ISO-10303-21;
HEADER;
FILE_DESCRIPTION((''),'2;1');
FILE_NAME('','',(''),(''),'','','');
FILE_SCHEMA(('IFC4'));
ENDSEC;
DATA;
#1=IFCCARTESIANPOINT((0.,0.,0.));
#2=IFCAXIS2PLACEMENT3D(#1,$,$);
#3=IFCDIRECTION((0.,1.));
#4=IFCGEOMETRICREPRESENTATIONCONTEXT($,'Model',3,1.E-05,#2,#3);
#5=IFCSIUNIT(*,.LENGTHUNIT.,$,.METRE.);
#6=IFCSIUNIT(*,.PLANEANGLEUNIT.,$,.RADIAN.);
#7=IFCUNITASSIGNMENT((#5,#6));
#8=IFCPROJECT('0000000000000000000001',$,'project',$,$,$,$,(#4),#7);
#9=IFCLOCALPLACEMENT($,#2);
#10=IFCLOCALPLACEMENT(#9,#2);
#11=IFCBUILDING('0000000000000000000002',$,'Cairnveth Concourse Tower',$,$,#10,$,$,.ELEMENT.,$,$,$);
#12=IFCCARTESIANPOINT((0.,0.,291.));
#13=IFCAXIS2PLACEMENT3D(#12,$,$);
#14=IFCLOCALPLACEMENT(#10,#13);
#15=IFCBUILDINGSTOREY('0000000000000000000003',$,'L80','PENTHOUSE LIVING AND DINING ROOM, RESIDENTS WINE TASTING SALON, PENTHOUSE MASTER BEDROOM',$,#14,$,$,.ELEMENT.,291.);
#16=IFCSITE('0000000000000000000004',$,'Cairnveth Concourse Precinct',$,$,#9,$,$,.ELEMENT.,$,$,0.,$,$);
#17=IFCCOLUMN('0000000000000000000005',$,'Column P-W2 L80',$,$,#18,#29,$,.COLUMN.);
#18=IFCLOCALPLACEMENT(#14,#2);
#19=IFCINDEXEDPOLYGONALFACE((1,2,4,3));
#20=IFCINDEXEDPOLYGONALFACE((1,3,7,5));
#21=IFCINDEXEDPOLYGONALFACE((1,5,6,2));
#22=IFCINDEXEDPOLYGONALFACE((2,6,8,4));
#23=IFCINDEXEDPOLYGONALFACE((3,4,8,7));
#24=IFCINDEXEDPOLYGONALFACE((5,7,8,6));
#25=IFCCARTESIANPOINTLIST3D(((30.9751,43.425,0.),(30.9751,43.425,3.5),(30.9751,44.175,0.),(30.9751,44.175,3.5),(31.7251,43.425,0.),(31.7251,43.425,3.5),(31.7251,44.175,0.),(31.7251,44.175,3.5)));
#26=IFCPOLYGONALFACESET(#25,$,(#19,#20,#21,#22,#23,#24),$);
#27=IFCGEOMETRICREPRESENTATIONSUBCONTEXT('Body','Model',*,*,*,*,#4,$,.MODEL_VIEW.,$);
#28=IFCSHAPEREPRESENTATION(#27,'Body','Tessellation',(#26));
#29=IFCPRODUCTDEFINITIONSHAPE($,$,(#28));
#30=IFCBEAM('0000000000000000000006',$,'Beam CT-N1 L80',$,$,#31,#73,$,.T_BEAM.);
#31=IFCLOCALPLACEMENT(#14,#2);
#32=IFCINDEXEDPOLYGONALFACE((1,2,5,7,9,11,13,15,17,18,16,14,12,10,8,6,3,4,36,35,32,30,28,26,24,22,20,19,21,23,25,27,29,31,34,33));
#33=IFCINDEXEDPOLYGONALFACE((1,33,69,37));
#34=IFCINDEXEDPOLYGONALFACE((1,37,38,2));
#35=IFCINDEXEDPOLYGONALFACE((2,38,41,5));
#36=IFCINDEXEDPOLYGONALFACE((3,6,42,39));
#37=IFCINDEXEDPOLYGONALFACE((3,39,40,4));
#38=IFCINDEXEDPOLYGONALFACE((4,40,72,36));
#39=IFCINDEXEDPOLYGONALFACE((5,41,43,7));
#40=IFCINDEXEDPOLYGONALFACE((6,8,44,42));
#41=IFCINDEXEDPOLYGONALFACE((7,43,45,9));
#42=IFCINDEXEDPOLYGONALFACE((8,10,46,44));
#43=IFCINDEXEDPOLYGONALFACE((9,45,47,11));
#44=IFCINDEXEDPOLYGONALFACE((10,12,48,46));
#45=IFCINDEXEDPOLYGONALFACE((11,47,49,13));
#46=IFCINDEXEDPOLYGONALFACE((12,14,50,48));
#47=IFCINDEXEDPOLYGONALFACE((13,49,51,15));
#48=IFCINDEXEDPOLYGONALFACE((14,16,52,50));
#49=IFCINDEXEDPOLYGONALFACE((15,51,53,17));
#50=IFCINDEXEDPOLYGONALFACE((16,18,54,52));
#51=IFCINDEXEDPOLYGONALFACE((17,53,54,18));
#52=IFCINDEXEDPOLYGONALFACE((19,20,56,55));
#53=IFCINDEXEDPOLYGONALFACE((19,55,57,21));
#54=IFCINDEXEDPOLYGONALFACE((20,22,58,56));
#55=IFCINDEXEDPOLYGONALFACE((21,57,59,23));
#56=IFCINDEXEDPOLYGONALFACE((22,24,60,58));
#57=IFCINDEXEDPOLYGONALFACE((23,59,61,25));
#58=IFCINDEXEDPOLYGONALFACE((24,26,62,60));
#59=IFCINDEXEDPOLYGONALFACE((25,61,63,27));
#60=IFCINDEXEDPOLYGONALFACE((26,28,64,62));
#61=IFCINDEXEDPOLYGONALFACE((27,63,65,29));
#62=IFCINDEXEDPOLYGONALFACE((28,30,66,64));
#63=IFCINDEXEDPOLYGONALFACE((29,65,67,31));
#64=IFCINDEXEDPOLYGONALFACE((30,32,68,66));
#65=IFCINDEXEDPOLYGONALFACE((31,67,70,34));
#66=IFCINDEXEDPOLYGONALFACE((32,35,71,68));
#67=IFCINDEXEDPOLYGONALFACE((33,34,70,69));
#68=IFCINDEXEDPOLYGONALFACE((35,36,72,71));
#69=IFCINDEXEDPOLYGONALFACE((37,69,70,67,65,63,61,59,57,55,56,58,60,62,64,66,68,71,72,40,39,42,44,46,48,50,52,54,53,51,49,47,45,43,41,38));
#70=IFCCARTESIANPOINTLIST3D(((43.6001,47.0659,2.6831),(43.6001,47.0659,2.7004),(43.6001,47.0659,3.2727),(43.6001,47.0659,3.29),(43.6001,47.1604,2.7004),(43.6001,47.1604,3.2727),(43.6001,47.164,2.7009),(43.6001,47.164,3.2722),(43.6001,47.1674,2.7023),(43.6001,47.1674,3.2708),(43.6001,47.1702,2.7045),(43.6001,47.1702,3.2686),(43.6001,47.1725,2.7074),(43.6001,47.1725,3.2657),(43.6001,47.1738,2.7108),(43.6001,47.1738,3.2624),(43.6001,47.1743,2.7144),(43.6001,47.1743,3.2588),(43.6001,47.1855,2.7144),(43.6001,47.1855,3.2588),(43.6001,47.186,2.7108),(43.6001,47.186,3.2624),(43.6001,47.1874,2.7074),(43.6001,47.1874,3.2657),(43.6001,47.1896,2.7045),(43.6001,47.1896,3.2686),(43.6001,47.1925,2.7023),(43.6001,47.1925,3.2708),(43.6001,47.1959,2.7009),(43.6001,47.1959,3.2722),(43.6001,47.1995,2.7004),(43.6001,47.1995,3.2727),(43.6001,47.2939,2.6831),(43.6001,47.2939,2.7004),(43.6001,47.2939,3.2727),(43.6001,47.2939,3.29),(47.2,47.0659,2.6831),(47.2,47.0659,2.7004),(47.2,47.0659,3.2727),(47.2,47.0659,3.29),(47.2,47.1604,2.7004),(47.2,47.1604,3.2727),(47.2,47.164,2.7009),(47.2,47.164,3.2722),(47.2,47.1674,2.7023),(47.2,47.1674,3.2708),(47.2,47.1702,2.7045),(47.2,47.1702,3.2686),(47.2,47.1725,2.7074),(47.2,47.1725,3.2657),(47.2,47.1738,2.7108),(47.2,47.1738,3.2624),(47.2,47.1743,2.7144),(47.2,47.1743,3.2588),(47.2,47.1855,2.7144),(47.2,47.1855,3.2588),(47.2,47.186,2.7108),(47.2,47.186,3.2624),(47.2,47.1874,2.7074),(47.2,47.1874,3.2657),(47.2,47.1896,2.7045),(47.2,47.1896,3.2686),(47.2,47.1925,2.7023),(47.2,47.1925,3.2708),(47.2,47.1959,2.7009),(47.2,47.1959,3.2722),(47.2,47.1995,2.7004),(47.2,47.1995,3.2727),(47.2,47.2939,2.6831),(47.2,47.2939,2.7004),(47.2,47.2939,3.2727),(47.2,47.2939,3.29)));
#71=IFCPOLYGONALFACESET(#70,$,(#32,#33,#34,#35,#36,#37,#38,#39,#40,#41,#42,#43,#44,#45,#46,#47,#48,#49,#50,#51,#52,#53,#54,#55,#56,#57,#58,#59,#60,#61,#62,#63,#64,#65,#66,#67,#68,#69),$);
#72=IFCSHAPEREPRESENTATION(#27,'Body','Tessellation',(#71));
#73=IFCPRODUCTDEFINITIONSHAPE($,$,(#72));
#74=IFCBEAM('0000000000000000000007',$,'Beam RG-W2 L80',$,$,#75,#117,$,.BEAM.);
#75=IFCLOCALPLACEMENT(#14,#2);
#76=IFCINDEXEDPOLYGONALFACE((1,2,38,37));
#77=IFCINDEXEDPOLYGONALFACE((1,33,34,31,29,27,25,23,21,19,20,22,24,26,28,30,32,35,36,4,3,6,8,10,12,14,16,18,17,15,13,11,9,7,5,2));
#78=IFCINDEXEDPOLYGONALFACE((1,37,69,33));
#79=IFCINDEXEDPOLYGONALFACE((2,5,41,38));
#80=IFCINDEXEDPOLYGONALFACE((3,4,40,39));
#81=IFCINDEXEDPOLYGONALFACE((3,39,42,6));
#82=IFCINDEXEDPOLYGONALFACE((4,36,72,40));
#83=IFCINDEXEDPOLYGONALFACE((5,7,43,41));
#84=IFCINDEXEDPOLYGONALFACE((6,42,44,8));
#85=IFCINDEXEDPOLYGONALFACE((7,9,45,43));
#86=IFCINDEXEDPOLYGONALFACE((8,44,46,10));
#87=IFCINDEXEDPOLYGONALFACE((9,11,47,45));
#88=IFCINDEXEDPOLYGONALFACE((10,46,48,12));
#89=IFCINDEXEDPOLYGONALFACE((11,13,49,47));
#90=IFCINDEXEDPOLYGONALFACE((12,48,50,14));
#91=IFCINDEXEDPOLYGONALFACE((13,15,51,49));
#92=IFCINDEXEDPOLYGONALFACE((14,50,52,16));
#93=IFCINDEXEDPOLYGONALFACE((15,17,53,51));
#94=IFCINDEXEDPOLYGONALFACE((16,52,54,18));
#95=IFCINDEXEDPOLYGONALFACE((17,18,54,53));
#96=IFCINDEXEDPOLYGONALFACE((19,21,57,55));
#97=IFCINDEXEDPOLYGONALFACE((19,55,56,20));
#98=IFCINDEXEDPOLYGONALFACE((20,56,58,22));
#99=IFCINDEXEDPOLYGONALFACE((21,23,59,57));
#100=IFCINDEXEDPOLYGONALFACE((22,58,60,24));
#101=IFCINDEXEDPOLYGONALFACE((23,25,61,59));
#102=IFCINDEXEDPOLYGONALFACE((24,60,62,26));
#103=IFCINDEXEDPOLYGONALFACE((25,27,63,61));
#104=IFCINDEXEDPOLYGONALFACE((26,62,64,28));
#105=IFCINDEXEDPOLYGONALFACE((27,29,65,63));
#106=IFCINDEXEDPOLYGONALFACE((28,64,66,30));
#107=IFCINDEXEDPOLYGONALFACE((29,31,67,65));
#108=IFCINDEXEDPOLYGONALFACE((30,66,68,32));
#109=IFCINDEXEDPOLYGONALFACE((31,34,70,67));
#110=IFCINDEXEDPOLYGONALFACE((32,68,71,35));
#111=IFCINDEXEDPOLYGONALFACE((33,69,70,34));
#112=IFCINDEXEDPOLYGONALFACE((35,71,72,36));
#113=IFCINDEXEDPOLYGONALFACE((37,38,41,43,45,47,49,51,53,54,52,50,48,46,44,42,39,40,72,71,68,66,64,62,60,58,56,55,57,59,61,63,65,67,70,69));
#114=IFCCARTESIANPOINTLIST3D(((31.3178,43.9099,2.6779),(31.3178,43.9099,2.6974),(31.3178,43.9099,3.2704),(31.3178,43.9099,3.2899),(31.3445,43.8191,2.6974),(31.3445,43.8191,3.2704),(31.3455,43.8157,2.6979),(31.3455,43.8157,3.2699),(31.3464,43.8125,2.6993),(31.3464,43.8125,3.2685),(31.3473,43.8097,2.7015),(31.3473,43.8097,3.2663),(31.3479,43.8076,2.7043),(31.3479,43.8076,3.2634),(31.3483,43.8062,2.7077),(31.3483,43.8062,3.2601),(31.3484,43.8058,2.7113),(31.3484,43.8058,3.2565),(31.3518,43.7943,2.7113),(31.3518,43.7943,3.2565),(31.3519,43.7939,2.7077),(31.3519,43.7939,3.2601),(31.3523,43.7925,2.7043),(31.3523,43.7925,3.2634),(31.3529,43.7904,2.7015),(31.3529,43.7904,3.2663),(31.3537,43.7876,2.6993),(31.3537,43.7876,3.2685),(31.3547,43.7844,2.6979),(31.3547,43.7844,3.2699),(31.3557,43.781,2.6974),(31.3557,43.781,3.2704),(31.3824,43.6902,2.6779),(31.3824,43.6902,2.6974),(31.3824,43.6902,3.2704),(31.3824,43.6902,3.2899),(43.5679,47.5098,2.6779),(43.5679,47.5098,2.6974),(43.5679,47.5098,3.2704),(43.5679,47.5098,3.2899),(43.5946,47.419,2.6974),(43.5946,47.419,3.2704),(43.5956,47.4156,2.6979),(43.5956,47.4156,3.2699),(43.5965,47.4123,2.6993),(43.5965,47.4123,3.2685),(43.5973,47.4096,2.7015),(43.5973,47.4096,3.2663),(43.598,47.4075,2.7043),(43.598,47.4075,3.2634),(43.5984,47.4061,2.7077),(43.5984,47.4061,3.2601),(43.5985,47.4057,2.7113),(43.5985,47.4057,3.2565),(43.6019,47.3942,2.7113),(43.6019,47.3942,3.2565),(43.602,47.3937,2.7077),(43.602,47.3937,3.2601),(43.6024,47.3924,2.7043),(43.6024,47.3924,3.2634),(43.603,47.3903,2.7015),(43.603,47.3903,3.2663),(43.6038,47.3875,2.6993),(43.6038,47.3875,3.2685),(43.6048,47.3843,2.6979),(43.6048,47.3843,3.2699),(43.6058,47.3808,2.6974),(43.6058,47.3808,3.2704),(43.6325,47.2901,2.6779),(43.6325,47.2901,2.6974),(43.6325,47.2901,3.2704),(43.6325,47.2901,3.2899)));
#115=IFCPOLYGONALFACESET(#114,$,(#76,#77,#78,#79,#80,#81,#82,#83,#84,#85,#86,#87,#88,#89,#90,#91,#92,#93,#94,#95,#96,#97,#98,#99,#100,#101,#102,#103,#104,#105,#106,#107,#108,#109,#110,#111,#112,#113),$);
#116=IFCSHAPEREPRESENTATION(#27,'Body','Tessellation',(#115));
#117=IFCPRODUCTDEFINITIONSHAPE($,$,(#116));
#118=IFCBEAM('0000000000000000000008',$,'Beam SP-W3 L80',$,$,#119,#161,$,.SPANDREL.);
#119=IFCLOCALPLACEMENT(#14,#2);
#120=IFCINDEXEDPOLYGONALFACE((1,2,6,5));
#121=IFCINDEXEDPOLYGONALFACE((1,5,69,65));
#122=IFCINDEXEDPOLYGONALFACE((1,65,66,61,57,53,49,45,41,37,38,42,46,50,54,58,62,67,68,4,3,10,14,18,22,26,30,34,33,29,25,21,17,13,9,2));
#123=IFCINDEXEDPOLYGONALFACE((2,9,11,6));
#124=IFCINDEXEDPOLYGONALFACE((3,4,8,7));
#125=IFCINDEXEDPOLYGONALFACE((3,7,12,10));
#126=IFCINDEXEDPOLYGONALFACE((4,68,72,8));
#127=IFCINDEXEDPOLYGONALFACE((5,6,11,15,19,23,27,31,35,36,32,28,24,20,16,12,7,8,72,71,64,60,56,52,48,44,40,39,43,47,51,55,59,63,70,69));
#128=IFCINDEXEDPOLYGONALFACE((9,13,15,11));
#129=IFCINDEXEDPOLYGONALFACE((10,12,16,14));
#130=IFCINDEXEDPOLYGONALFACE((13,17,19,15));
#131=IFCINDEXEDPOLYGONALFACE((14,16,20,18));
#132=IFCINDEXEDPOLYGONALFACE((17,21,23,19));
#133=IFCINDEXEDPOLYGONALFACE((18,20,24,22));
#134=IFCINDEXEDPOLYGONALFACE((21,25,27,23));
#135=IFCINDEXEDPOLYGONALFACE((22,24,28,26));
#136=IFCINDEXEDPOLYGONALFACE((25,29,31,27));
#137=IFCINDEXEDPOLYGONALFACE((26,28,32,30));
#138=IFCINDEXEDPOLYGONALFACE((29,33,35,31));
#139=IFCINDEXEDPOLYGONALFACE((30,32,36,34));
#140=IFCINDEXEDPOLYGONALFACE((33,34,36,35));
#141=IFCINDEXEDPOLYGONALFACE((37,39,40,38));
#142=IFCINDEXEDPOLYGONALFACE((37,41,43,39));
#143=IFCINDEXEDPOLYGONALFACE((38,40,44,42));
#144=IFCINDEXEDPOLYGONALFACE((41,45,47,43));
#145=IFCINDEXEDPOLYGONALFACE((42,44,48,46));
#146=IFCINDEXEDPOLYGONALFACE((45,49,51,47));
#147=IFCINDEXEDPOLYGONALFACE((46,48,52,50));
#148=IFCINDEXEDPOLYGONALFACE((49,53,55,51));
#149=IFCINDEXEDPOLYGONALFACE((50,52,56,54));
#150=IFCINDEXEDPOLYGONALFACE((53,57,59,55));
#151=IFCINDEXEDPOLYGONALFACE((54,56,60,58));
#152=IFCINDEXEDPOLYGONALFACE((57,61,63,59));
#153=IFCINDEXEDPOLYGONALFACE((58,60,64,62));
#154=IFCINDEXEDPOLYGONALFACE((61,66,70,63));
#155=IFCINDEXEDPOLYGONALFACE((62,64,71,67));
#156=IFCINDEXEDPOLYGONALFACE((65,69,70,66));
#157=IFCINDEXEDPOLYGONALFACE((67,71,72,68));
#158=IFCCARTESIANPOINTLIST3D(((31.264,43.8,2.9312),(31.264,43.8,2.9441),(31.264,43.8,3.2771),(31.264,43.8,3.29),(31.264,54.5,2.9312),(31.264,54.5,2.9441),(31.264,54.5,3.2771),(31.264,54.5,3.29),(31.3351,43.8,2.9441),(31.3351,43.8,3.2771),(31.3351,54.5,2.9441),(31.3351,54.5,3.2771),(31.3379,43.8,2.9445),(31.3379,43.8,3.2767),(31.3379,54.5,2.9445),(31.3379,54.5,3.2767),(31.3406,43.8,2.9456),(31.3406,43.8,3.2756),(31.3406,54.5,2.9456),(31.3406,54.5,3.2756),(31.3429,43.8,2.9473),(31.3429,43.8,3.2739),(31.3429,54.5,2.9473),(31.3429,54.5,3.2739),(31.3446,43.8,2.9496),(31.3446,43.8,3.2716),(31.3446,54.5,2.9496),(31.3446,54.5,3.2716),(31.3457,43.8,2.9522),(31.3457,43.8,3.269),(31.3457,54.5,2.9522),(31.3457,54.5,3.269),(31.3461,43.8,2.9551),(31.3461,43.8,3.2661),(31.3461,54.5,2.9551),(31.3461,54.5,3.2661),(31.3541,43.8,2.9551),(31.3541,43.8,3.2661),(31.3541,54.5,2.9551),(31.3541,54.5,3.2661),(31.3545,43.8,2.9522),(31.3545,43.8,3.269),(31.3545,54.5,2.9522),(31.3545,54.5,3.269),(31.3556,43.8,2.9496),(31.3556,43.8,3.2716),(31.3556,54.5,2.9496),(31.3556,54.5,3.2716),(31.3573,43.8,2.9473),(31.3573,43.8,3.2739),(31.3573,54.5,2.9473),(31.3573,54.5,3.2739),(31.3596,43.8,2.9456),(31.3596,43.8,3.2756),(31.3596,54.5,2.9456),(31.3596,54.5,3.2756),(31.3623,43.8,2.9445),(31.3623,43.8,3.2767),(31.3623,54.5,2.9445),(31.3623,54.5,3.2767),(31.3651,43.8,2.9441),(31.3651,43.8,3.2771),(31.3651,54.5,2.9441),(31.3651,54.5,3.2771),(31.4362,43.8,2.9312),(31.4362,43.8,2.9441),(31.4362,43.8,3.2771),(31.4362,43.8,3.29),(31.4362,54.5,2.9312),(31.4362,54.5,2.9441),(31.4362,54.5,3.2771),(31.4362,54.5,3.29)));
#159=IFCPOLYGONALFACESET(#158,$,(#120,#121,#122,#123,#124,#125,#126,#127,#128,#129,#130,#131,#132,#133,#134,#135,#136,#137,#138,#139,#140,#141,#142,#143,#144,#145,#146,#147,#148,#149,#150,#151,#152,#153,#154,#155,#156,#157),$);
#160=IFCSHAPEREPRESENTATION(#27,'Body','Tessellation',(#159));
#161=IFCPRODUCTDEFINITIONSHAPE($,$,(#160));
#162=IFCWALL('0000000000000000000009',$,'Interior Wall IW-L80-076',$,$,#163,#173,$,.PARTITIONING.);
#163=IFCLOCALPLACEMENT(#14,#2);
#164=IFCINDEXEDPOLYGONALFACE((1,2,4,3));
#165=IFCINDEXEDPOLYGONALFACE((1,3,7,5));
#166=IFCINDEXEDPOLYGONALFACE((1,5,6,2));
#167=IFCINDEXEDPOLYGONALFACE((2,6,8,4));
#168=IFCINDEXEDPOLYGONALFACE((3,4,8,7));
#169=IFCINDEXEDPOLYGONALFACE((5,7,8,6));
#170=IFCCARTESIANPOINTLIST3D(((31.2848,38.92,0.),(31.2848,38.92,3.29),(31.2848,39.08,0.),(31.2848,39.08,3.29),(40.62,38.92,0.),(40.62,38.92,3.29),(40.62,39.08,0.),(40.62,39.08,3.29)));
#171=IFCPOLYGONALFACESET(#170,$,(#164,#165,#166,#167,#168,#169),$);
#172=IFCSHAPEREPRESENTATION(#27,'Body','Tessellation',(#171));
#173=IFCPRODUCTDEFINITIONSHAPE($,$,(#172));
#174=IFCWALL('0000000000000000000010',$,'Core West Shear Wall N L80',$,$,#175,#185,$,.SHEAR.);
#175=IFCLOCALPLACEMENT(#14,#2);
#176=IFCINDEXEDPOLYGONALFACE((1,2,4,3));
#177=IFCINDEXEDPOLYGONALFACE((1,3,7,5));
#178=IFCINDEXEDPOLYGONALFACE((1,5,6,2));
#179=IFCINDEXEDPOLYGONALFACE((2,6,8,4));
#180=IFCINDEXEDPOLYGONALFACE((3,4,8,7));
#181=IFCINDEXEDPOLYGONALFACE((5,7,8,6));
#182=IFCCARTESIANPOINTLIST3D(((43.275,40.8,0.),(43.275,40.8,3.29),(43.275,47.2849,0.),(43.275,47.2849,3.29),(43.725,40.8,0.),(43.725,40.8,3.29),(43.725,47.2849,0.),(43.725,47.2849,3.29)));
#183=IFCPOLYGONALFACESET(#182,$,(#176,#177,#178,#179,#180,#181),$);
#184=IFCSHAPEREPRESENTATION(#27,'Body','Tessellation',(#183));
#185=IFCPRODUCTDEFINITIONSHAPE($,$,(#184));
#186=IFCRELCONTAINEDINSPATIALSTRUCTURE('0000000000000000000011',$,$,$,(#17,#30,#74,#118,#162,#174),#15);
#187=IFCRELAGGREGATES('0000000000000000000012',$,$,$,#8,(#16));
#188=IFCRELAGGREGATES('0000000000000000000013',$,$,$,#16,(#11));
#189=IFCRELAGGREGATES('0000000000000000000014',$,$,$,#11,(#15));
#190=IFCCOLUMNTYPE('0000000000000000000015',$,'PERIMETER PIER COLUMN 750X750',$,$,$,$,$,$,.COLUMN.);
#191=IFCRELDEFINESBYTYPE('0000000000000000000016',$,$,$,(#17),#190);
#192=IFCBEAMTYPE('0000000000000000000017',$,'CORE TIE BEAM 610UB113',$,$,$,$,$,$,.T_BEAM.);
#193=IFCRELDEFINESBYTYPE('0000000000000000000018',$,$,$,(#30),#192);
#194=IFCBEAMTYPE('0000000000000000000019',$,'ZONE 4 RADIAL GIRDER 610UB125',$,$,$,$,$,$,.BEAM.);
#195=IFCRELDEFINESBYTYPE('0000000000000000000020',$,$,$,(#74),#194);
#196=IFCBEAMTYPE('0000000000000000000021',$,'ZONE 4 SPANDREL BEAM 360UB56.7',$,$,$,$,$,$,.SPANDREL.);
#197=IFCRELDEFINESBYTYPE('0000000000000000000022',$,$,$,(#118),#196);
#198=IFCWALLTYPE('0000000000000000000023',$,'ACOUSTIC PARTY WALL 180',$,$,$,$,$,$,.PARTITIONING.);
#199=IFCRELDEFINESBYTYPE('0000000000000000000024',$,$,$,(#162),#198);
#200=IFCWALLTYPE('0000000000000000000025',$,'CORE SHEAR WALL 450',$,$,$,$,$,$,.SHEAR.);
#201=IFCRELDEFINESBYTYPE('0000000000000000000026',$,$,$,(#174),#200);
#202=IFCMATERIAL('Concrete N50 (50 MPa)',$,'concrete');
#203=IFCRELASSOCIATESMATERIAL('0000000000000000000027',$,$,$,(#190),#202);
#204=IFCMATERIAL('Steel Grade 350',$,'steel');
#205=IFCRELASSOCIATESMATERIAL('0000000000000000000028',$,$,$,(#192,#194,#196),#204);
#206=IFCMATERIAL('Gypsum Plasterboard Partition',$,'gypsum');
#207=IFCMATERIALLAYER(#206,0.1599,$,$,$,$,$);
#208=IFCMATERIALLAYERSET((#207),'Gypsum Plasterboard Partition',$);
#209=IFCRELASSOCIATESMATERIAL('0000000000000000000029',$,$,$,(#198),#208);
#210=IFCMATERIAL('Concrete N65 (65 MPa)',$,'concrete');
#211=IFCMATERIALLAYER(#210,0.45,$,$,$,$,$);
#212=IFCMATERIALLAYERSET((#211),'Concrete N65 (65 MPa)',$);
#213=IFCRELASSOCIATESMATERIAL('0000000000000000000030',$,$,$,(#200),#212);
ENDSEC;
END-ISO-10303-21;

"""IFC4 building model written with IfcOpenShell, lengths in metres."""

from ifc_helpers import new_model, si_unit, direction, frame, frame_2d, origin, origin_2d, place, context, subcontext, project, spatial, rectangle, i_section, extrude, material, layer, layer_set, material_profile, profile_set, type_object, element, save


model = new_model("IFC4")

# Units and contexts
model_context = context("Model", 3, precision=1e-05, world=origin(), true_north=direction((0.0, 1.0)))
body_context = subcontext(model_context, "Body", "Model", "MODEL_VIEW")
ifc_project = project(units=[si_unit("LENGTHUNIT", "METRE"), si_unit("PLANEANGLEUNIT", "RADIAN")], contexts=[model_context])

# Site, building, storey
site_placement = place(None, origin())
site = spatial("IfcSite", under=ifc_project, at=site_placement, Name="Cairnveth Concourse Precinct", CompositionType="ELEMENT", RefElevation=0.0)
building_placement = place(site_placement, origin())
building = spatial("IfcBuilding", under=site, at=building_placement, Name="Cairnveth Concourse Tower", CompositionType="ELEMENT")
storey_placement = place(building_placement, frame((0.0, 0.0, 291.0)))
storey = spatial("IfcBuildingStorey", under=building, at=storey_placement, Name="L80", Description="PENTHOUSE LIVING AND DINING ROOM, RESIDENTS WINE TASTING SALON, PENTHOUSE MASTER BEDROOM", CompositionType="ELEMENT", Elevation=291.0)

# Column
ifc_material_1 = material(Name="Concrete N50 (50 MPa)", Category="concrete")
ifc_material_profile_1 = material_profile(ifc_material_1, rectangle(XDim=0.75, YDim=0.75, at=origin_2d()), Name="RC-COL-750x750")
ifc_profile_set_1 = profile_set([ifc_material_profile_1], Name="Concrete N50 (50 MPa)")
column_type = type_object("IfcColumnType", Name="PERIMETER PIER COLUMN 750X750", PredefinedType="COLUMN", material=ifc_profile_set_1)
column_placement = place(storey_placement, frame((31.3501, 43.8, 0.0), z_axis=(0.0, 0.0, 1.0), x_axis=(0.0, 1.0, 0.0)))
element("IfcColumn", 1, at=column_placement, inside=storey, type_object=column_type, Name="Column P-W2 L80", PredefinedType="COLUMN", context=body_context, shape_type="SweptSolid", body=[
    extrude(rectangle(XDim=0.75, YDim=0.75, at=origin_2d()), origin(), (0.0, 0.0, 1.0), 3.5),
])

# Beams
ifc_material_2 = material(Name="Steel Grade 350", Category="steel")
ifc_material_profile_2 = material_profile(ifc_material_2, i_section(OverallWidth=0.228, OverallDepth=0.6069, WebThickness=0.0112, FlangeThickness=0.0173, FilletRadius=0.0139, at=origin_2d()), Name="610UB113")
ifc_profile_set_2 = profile_set([ifc_material_profile_2], Name="Steel Grade 350")
beam_type_1 = type_object("IfcBeamType", Name="CORE TIE BEAM 610UB113", PredefinedType="T_BEAM", material=ifc_profile_set_2)
beam_1_placement = place(storey_placement, frame((43.6001, 47.1799, 2.9866), z_axis=(1.0, 0.0, 0.0), x_axis=(0.0, 1.0, 0.0)))
element("IfcBeam", 2, at=beam_1_placement, inside=storey, type_object=beam_type_1, Name="Beam CT-N1 L80", PredefinedType="T_BEAM", context=body_context, shape_type="SweptSolid", body=[
    extrude(i_section(OverallWidth=0.228, OverallDepth=0.6069, WebThickness=0.0112, FlangeThickness=0.0173, FilletRadius=0.0139, at=origin_2d()), origin(), (0.0, 0.0, 1.0), 3.5999),
])
ifc_material_profile_3 = material_profile(ifc_material_2, i_section(OverallWidth=0.229, OverallDepth=0.6121, WebThickness=0.012, FlangeThickness=0.0195, FilletRadius=0.0139, at=origin_2d()), Name="610UB125")
ifc_profile_set_3 = profile_set([ifc_material_profile_3], Name="Steel Grade 350")
beam_type_2 = type_object("IfcBeamType", Name="ZONE 4 RADIAL GIRDER 610UB125", PredefinedType="BEAM", material=ifc_profile_set_3)
beam_2_placement = place(storey_placement, frame((31.3501, 43.8, 2.9839), z_axis=(0.959431, 0.281944, 0.0), x_axis=(-0.281944, 0.959431, 0.0)))
element("IfcBeam", 3, at=beam_2_placement, inside=storey, type_object=beam_type_2, Name="Beam RG-W2 L80", PredefinedType="BEAM", context=body_context, shape_type="SweptSolid", body=[
    extrude(i_section(OverallWidth=0.229, OverallDepth=0.6121, WebThickness=0.012, FlangeThickness=0.0195, FilletRadius=0.0139, at=origin_2d()), origin(), (0.0, 0.0, 1.0), 12.7681),
])
ifc_material_profile_4 = material_profile(ifc_material_2, i_section(OverallWidth=0.1721, OverallDepth=0.3589, WebThickness=0.0081, FlangeThickness=0.0129, FilletRadius=0.011, at=origin_2d()), Name="360UB56.7")
ifc_profile_set_4 = profile_set([ifc_material_profile_4], Name="Steel Grade 350")
beam_type_3 = type_object("IfcBeamType", Name="ZONE 4 SPANDREL BEAM 360UB56.7", PredefinedType="SPANDREL", material=ifc_profile_set_4)
beam_3_placement = place(storey_placement, frame((31.3501, 43.8, 3.1106), z_axis=(0.0, 1.0, 0.0), x_axis=(-1.0, 0.0, 0.0)))
element("IfcBeam", 4, at=beam_3_placement, inside=storey, type_object=beam_type_3, Name="Beam SP-W3 L80", PredefinedType="SPANDREL", context=body_context, shape_type="SweptSolid", body=[
    extrude(i_section(OverallWidth=0.1721, OverallDepth=0.3589, WebThickness=0.0081, FlangeThickness=0.0129, FilletRadius=0.011, at=origin_2d()), origin(), (0.0, 0.0, 1.0), 10.7),
])

# Walls
ifc_material_3 = material(Name="Gypsum Plasterboard Partition", Category="gypsum")
ifc_layer_1 = layer(ifc_material_3, 0.1599)
ifc_layer_set_1 = layer_set([ifc_layer_1], Name="Gypsum Plasterboard Partition")
wall_type_1 = type_object("IfcWallType", Name="ACOUSTIC PARTY WALL 180", PredefinedType="PARTITIONING", material=ifc_layer_set_1)
wall_1_placement = place(storey_placement, frame((31.2849, 39.0, 0.0), z_axis=(0.0, 0.0, 1.0), x_axis=(1.0, 0.0, 0.0)))
element("IfcWall", 5, at=wall_1_placement, inside=storey, type_object=wall_type_1, Name="Interior Wall IW-L80-076", PredefinedType="PARTITIONING", context=body_context, shape_type="SweptSolid", body=[
    extrude(rectangle(XDim=9.3352, YDim=0.1599, at=frame_2d((4.6675, 0.0))), origin(), (0.0, 0.0, 1.0), 3.29),
])
ifc_material_4 = material(Name="Concrete N65 (65 MPa)", Category="concrete")
ifc_layer_2 = layer(ifc_material_4, 0.45)
ifc_layer_set_2 = layer_set([ifc_layer_2], Name="Concrete N65 (65 MPa)")
wall_type_2 = type_object("IfcWallType", Name="CORE SHEAR WALL 450", PredefinedType="SHEAR", material=ifc_layer_set_2)
wall_2_placement = place(storey_placement, frame((43.5, 40.8, 0.0), z_axis=(0.0, 0.0, 1.0), x_axis=(0.0, 1.0, 0.0)))
element("IfcWall", 6, at=wall_2_placement, inside=storey, type_object=wall_type_2, Name="Core West Shear Wall N L80", PredefinedType="SHEAR", context=body_context, shape_type="SweptSolid", body=[
    extrude(rectangle(XDim=6.4849, YDim=0.45, at=frame_2d((3.2424, 0.0))), origin(), (0.0, 0.0, 1.0), 3.29),
])

save(model, "model.ifc")
